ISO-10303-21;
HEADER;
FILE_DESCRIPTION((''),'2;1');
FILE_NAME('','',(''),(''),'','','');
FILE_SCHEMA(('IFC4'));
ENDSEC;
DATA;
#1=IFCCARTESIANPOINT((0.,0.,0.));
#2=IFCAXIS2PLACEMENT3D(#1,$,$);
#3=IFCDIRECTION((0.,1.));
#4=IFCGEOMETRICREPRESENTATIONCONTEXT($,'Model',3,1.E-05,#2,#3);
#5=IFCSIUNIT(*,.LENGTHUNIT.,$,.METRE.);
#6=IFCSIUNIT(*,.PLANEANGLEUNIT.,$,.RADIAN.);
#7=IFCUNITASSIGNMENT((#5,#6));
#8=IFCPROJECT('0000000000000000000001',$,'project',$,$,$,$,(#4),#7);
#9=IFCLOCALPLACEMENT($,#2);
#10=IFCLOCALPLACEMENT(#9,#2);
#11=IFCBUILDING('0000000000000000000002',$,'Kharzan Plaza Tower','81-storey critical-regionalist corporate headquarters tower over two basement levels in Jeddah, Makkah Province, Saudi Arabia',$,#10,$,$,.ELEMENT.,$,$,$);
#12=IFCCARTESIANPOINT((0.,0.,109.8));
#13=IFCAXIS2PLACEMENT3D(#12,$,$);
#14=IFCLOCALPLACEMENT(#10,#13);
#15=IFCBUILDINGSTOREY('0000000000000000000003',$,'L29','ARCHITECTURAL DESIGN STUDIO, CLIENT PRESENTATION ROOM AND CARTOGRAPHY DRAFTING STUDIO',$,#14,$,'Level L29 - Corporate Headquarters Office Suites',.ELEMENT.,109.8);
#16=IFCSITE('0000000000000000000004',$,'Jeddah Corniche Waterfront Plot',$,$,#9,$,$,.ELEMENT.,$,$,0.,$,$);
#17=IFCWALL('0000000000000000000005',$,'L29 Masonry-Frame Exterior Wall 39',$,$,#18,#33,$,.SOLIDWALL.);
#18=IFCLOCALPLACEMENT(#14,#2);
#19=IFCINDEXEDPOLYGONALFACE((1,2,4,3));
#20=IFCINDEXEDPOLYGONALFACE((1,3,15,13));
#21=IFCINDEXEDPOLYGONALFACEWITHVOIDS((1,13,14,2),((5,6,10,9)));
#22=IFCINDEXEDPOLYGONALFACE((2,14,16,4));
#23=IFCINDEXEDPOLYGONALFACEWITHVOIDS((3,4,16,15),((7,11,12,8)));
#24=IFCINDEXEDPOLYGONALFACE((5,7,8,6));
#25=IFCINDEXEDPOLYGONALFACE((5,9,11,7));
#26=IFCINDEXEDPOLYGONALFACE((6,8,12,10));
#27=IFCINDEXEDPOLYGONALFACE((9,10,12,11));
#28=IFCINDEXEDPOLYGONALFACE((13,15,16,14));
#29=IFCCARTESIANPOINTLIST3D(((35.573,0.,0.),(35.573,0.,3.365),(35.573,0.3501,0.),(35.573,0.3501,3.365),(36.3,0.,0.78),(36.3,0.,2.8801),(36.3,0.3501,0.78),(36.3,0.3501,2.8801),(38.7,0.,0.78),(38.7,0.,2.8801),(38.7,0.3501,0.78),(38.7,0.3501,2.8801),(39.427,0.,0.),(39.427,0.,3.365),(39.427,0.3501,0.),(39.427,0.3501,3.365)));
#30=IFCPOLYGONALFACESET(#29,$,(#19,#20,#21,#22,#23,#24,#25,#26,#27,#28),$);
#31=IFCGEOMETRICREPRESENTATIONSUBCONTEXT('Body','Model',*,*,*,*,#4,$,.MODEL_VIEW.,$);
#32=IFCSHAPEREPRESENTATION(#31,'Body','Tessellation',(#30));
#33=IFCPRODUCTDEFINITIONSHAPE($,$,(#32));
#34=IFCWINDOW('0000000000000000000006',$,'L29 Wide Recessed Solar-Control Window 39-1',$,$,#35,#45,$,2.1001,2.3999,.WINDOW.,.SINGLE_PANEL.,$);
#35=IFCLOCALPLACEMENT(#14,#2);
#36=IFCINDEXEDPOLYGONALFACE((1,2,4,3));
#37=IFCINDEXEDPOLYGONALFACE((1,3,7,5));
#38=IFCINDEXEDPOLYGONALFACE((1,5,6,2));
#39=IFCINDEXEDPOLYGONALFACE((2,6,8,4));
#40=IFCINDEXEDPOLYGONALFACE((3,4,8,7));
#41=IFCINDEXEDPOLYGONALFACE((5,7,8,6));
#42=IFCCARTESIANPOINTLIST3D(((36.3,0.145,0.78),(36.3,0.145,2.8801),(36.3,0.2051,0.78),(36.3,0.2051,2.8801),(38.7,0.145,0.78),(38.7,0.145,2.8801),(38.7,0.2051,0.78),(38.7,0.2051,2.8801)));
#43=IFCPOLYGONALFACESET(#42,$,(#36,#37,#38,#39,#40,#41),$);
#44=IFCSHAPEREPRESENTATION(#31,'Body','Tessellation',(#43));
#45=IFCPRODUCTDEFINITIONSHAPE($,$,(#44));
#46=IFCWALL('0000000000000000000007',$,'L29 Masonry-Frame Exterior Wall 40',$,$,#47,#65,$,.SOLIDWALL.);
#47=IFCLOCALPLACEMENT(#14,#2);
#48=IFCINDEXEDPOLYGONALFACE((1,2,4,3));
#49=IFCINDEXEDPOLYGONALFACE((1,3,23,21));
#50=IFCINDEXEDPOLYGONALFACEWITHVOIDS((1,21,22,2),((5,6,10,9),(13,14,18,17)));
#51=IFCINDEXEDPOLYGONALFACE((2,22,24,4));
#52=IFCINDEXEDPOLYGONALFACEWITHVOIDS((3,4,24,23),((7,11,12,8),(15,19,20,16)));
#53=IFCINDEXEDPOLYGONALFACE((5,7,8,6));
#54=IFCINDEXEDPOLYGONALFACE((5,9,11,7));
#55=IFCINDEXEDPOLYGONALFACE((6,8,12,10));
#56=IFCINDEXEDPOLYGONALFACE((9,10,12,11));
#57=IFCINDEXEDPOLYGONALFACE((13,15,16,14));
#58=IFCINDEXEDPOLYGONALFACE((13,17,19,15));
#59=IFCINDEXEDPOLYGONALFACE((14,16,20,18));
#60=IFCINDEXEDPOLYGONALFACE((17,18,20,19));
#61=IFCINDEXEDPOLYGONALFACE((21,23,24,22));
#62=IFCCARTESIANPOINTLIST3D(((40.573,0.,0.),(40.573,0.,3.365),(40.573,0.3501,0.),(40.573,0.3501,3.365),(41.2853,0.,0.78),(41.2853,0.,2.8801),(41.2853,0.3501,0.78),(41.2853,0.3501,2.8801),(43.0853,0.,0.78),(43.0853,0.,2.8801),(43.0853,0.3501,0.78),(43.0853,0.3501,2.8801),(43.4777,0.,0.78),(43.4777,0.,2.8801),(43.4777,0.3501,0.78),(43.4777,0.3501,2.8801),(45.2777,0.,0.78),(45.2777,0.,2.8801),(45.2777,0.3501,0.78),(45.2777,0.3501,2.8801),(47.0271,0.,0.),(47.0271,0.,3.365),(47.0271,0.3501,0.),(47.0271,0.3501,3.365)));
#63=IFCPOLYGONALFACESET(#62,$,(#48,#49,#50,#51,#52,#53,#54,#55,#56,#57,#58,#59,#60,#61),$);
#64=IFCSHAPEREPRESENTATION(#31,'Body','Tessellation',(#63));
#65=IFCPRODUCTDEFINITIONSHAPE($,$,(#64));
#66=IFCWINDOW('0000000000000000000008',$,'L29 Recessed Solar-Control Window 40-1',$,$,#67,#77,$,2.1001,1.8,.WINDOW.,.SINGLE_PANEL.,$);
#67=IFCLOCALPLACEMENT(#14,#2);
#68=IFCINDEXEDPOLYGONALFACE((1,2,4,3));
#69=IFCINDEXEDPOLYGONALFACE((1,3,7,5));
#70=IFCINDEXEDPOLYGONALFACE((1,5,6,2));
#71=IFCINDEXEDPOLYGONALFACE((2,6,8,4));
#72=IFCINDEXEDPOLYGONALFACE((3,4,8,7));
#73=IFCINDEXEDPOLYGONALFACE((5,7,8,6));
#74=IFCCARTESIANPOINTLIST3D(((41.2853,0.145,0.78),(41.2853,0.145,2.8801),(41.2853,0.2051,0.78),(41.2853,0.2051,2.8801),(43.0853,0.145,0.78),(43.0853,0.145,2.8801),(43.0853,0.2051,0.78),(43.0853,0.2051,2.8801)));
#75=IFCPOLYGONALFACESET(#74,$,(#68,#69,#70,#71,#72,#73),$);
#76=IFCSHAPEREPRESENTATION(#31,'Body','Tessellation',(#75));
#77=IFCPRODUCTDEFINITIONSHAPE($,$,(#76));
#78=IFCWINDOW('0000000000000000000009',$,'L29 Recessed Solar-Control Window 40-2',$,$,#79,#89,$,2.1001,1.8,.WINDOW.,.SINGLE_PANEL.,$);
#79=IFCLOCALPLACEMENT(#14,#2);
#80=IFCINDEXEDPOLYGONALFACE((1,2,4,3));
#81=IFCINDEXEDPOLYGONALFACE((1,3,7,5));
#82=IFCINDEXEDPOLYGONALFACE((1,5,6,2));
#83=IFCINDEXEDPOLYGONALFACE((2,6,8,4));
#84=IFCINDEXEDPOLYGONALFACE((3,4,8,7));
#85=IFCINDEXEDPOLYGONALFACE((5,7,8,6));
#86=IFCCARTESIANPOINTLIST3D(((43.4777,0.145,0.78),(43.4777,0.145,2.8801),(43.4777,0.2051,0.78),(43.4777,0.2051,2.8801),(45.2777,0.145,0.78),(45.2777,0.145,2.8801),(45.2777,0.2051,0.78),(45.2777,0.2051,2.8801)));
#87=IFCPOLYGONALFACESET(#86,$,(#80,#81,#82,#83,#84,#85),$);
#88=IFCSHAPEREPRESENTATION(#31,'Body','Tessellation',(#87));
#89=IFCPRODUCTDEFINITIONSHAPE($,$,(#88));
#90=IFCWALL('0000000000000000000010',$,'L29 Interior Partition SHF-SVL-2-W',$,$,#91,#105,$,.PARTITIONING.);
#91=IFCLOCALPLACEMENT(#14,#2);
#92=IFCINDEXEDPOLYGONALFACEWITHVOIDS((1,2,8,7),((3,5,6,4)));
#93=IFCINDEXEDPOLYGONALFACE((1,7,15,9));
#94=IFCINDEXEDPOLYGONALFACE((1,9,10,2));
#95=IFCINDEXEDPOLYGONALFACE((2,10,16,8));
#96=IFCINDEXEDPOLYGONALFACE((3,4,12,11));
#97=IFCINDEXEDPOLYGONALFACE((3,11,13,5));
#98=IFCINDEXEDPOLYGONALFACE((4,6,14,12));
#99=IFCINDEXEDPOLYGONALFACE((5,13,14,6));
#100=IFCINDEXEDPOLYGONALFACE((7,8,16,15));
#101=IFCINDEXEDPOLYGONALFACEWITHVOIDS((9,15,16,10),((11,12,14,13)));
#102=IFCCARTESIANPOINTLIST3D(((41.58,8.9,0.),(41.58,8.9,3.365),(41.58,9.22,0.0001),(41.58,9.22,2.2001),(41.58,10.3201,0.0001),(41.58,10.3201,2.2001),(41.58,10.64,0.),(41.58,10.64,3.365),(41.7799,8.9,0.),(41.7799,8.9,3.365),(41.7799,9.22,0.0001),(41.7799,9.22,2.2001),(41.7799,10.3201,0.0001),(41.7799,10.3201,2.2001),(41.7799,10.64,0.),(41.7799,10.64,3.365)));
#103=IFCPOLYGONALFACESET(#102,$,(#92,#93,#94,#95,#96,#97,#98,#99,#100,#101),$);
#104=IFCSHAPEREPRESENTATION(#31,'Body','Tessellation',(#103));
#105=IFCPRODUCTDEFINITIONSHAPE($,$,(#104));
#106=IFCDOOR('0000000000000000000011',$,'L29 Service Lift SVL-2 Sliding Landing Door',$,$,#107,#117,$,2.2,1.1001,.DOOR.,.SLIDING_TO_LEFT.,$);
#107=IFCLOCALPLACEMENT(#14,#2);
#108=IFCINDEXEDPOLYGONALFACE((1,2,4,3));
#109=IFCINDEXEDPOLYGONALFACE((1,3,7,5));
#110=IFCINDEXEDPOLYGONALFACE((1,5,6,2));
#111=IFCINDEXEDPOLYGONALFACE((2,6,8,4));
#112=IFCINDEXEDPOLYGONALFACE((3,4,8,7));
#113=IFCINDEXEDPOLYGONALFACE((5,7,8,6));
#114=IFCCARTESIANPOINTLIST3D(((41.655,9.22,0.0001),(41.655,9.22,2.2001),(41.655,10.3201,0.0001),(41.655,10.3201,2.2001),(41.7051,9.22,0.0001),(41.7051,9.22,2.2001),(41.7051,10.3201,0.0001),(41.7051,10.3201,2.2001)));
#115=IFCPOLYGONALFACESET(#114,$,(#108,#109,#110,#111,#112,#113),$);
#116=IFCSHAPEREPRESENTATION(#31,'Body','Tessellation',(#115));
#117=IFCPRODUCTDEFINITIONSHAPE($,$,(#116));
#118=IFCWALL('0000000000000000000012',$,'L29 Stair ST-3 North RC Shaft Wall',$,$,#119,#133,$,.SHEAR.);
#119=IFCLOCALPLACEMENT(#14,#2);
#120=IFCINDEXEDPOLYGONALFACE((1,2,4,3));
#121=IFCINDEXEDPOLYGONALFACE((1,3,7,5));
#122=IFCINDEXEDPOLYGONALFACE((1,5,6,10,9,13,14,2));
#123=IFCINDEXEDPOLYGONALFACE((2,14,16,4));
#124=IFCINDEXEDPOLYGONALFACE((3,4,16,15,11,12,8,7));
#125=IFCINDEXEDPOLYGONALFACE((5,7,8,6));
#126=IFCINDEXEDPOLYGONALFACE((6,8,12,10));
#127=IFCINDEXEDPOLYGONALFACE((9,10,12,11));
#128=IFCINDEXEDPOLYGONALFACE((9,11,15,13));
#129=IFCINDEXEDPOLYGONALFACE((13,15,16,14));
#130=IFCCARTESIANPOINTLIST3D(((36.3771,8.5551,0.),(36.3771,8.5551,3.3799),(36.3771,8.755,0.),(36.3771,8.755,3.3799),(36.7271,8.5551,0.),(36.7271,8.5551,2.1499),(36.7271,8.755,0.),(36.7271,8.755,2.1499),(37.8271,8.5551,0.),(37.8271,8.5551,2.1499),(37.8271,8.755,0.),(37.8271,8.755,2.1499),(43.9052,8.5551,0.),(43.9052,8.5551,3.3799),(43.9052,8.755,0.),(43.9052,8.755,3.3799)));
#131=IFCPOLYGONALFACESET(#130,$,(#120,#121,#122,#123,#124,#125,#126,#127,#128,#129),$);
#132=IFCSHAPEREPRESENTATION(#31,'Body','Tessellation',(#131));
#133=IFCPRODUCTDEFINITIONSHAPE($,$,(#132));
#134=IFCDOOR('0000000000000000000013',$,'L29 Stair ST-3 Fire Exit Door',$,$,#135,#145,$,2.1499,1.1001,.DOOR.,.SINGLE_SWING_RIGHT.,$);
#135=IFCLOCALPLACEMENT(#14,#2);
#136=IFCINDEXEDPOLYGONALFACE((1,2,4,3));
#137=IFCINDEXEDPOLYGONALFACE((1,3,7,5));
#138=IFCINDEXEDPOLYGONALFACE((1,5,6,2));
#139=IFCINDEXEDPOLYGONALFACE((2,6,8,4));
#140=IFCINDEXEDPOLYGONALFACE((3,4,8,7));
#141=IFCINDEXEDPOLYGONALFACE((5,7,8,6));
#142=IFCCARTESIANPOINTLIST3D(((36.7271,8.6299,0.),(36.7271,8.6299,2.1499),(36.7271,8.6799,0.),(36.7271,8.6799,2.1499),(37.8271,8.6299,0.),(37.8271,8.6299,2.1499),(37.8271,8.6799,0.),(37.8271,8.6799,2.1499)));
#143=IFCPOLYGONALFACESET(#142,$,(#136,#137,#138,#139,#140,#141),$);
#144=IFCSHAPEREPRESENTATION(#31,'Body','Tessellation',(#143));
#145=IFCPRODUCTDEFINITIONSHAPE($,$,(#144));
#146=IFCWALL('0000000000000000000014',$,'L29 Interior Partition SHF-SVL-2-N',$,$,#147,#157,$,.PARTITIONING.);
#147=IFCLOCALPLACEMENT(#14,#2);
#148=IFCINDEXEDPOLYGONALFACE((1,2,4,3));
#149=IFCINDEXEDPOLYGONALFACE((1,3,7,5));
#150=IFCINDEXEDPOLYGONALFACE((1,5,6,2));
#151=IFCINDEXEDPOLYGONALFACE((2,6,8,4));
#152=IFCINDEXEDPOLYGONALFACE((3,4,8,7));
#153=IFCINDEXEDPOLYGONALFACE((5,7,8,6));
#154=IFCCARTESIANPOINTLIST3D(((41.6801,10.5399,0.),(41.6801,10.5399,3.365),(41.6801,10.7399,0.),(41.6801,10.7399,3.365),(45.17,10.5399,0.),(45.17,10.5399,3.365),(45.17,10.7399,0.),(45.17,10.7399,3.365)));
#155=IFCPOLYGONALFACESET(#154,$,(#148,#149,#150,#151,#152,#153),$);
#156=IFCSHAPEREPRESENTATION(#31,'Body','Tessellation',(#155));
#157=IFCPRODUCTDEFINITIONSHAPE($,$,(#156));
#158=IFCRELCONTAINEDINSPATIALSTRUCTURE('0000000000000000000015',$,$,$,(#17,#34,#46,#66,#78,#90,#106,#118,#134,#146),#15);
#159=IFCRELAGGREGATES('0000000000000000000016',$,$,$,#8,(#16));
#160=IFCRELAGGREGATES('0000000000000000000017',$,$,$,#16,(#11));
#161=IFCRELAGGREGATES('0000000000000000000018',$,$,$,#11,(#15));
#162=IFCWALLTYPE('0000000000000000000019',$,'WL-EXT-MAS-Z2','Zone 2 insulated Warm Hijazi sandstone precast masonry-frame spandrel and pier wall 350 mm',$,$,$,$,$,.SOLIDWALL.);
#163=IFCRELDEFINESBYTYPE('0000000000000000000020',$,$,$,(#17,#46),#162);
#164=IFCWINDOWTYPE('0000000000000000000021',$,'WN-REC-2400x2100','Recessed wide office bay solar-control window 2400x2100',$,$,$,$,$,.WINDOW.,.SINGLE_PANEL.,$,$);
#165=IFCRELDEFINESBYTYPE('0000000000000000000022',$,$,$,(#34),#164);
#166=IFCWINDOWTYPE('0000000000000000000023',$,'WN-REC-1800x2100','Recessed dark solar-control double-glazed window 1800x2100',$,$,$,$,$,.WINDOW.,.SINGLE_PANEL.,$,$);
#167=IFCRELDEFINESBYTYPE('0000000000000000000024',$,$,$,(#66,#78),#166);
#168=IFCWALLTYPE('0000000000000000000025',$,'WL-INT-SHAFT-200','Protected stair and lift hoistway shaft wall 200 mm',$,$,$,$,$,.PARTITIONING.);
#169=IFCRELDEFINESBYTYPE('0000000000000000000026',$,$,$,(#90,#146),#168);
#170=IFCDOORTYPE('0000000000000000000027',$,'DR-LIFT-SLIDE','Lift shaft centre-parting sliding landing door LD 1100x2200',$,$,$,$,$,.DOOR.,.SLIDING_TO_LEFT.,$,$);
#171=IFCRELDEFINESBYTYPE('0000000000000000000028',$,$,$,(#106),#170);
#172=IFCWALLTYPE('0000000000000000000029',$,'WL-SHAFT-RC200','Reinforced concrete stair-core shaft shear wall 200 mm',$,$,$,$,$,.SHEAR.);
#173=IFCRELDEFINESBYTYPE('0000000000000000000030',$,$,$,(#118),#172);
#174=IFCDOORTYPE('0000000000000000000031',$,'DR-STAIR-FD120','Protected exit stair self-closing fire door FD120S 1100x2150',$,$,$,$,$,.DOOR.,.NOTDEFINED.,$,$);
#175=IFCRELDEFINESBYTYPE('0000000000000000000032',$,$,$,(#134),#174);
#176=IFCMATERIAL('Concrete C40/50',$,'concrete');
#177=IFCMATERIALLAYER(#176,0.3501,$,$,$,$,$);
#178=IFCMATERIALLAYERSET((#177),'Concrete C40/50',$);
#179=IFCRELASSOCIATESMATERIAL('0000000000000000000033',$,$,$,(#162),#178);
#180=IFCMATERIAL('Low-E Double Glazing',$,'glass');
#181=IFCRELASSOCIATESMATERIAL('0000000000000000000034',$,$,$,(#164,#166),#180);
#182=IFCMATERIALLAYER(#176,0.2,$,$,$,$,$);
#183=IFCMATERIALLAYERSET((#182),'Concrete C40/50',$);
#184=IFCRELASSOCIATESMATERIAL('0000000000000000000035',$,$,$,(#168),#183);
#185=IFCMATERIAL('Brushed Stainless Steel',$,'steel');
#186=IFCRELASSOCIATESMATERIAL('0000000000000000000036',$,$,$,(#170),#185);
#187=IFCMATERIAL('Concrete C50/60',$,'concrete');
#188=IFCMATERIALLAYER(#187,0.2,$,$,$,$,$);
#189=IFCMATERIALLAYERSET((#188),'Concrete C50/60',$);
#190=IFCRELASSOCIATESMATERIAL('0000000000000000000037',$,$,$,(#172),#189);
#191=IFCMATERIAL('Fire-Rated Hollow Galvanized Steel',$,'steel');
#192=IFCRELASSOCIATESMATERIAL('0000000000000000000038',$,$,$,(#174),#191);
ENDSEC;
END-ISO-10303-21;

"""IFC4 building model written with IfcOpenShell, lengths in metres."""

from ifc_helpers import new_model, si_unit, direction, frame, frame_2d, origin, place, context, subcontext, project, spatial, rectangle, extrude, source, transform, mapped, material, layer, layer_set, type_object, element, fill, save


model = new_model("IFC4")

# Units and contexts
model_context = context("Model", 3, precision=1e-05, world=origin(), true_north=direction((0.0, 1.0)))
body_context = subcontext(model_context, "Body", "Model", "MODEL_VIEW")
ifc_project = project(units=[si_unit("LENGTHUNIT", "METRE"), si_unit("PLANEANGLEUNIT", "RADIAN")], contexts=[model_context])

# Site, building, storey
site_placement = place(None, origin())
site = spatial("IfcSite", under=ifc_project, at=site_placement, Name="Jeddah Corniche Waterfront Plot", CompositionType="ELEMENT", RefElevation=0.0)
building_placement = place(site_placement, origin())
building = spatial("IfcBuilding", under=site, at=building_placement, Name="Kharzan Plaza Tower", Description="81-storey critical-regionalist corporate headquarters tower over two basement levels in Jeddah, Makkah Province, Saudi Arabia", CompositionType="ELEMENT")
storey_placement = place(building_placement, frame((0.0, 0.0, 109.8)))
storey = spatial("IfcBuildingStorey", under=building, at=storey_placement, Name="L29", Description="ARCHITECTURAL DESIGN STUDIO, CLIENT PRESENTATION ROOM AND CARTOGRAPHY DRAFTING STUDIO", LongName="Level L29 - Corporate Headquarters Office Suites", CompositionType="ELEMENT", Elevation=109.8)

# Wall, opening, window
ifc_material_1 = material(Name="Concrete C40/50", Category="concrete")
ifc_layer_1 = layer(ifc_material_1, 0.3501)
ifc_layer_set_1 = layer_set([ifc_layer_1], Name="Concrete C40/50")
wall_type_1 = type_object("IfcWallType", Name="WL-EXT-MAS-Z2", Description="Zone 2 insulated Warm Hijazi sandstone precast masonry-frame spandrel and pier wall 350 mm", PredefinedType="SOLIDWALL", material=ifc_layer_set_1)
wall_1_placement = place(storey_placement, frame((35.573, 0.175, 0.0), z_axis=(0.0, 0.0, 1.0), x_axis=(1.0, 0.0, 0.0)))
wall_1 = element("IfcWall", 1, at=wall_1_placement, inside=storey, type_object=wall_type_1, Name="L29 Masonry-Frame Exterior Wall 39", PredefinedType="SOLIDWALL", context=body_context, shape_type="SweptSolid", body=[
    extrude(rectangle(XDim=3.854, YDim=0.3501, at=frame_2d((1.927, 0.0))), origin(), (0.0, 0.0, 1.0), 3.365),
])
opening_1_placement = place(wall_1_placement, frame((0.7271, 0.0, 0.78)))
opening_1 = element("IfcOpeningElement", 2, at=opening_1_placement, cuts=wall_1, PredefinedType="OPENING", context=body_context, shape_type="SweptSolid", body=[
    extrude(rectangle(XDim=2.3999, YDim=2.1001, at=frame_2d((1.2, 1.05))), frame((0.0, 0.1851, 0.0), z_axis=(0.0, -1.0, 0.0), x_axis=(1.0, 0.0, 0.0)), (0.0, 0.0, 1.0), 0.3701),
])
ifc_material_2 = material(Name="Low-E Double Glazing", Category="glass")
window_type_1 = type_object("IfcWindowType", Name="WN-REC-2400x2100", Description="Recessed wide office bay solar-control window 2400x2100", PartitioningType="SINGLE_PANEL", PredefinedType="WINDOW", material=ifc_material_2)
shared_shape_1 = source(origin(), body_context, "Body", "SweptSolid", [
    extrude(rectangle(XDim=2.3999, YDim=2.1001, at=frame_2d((1.2, 1.05))), frame((0.0, 0.03, 0.0), z_axis=(0.0, -1.0, 0.0), x_axis=(1.0, 0.0, 0.0)), (0.0, 0.0, 1.0), 0.0601),
])
window_1_placement = place(opening_1_placement, origin())
window_1 = element("IfcWindow", 3, at=window_1_placement, inside=storey, type_object=window_type_1, Name="L29 Wide Recessed Solar-Control Window 39-1", OverallHeight=2.1001, OverallWidth=2.3999, PartitioningType="SINGLE_PANEL", PredefinedType="WINDOW", context=body_context, shape_type="MappedRepresentation", body=[
    mapped(shared_shape_1, transform((0.0, 0.0, 0.0), x_axis=(1.0, 0.0, 0.0), y_axis=(0.0, 1.0, 0.0), z_axis=(0.0, 0.0, 1.0))),
])
fill(opening_1, window_1)

# Wall, openings, windows
wall_2_placement = place(storey_placement, frame((40.573, 0.175, 0.0), z_axis=(0.0, 0.0, 1.0), x_axis=(1.0, 0.0, 0.0)))
wall_2 = element("IfcWall", 4, at=wall_2_placement, inside=storey, type_object=wall_type_1, Name="L29 Masonry-Frame Exterior Wall 40", PredefinedType="SOLIDWALL", context=body_context, shape_type="SweptSolid", body=[
    extrude(rectangle(XDim=6.4541, YDim=0.3501, at=frame_2d((3.2271, 0.0))), origin(), (0.0, 0.0, 1.0), 3.365),
])
opening_2_placement = place(wall_2_placement, frame((0.7124, 0.0, 0.78)))
opening_2 = element("IfcOpeningElement", 5, at=opening_2_placement, cuts=wall_2, PredefinedType="OPENING", context=body_context, shape_type="SweptSolid", body=[
    extrude(rectangle(XDim=1.8, YDim=2.1001, at=frame_2d((0.8999, 1.05))), frame((0.0, 0.1851, 0.0), z_axis=(0.0, -1.0, 0.0), x_axis=(1.0, 0.0, 0.0)), (0.0, 0.0, 1.0), 0.3701),
])
opening_3_placement = place(wall_2_placement, frame((2.9048, 0.0, 0.78)))
opening_3 = element("IfcOpeningElement", 6, at=opening_3_placement, cuts=wall_2, PredefinedType="OPENING", context=body_context, shape_type="SweptSolid", body=[
    extrude(rectangle(XDim=1.8, YDim=2.1001, at=frame_2d((0.8999, 1.05))), frame((0.0, 0.1851, 0.0), z_axis=(0.0, -1.0, 0.0), x_axis=(1.0, 0.0, 0.0)), (0.0, 0.0, 1.0), 0.3701),
])
window_type_2 = type_object("IfcWindowType", Name="WN-REC-1800x2100", Description="Recessed dark solar-control double-glazed window 1800x2100", PartitioningType="SINGLE_PANEL", PredefinedType="WINDOW", material=ifc_material_2)
shared_shape_2 = source(origin(), body_context, "Body", "SweptSolid", [
    extrude(rectangle(XDim=1.8, YDim=2.1001, at=frame_2d((0.8999, 1.05))), frame((0.0, 0.03, 0.0), z_axis=(0.0, -1.0, 0.0), x_axis=(1.0, 0.0, 0.0)), (0.0, 0.0, 1.0), 0.0601),
])
window_2_placement = place(opening_2_placement, origin())
window_2 = element("IfcWindow", 7, at=window_2_placement, inside=storey, type_object=window_type_2, Name="L29 Recessed Solar-Control Window 40-1", OverallHeight=2.1001, OverallWidth=1.8, PartitioningType="SINGLE_PANEL", PredefinedType="WINDOW", context=body_context, shape_type="MappedRepresentation", body=[
    mapped(shared_shape_2, transform((0.0, 0.0, 0.0), x_axis=(1.0, 0.0, 0.0), y_axis=(0.0, 1.0, 0.0), z_axis=(0.0, 0.0, 1.0))),
])
fill(opening_2, window_2)
window_3_placement = place(opening_3_placement, origin())
window_3 = element("IfcWindow", 8, at=window_3_placement, inside=storey, type_object=window_type_2, Name="L29 Recessed Solar-Control Window 40-2", OverallHeight=2.1001, OverallWidth=1.8, PartitioningType="SINGLE_PANEL", PredefinedType="WINDOW", context=body_context, shape_type="MappedRepresentation", body=[
    mapped(shared_shape_2, transform((0.0, 0.0, 0.0), x_axis=(1.0, 0.0, 0.0), y_axis=(0.0, 1.0, 0.0), z_axis=(0.0, 0.0, 1.0))),
])
fill(opening_3, window_3)

# Walls, openings, doors
ifc_layer_2 = layer(ifc_material_1, 0.2)
ifc_layer_set_2 = layer_set([ifc_layer_2], Name="Concrete C40/50")
wall_type_2 = type_object("IfcWallType", Name="WL-INT-SHAFT-200", Description="Protected stair and lift hoistway shaft wall 200 mm", PredefinedType="PARTITIONING", material=ifc_layer_set_2)
wall_3_placement = place(storey_placement, frame((41.6799, 8.8999, 0.0), z_axis=(0.0, 0.0, 1.0), x_axis=(0.0, 1.0, 0.0)))
wall_3 = element("IfcWall", 9, at=wall_3_placement, inside=storey, type_object=wall_type_2, Name="L29 Interior Partition SHF-SVL-2-W", PredefinedType="PARTITIONING", context=body_context, shape_type="SweptSolid", body=[
    extrude(rectangle(XDim=1.74, YDim=0.2, at=frame_2d((0.8701, 0.0))), origin(), (0.0, 0.0, 1.0), 3.365),
])
opening_4_placement = place(wall_3_placement, frame((0.3201, 0.0, 0.0)))
opening_4 = element("IfcOpeningElement", 10, at=opening_4_placement, cuts=wall_3, PredefinedType="OPENING", context=body_context, shape_type="SweptSolid", body=[
    extrude(rectangle(XDim=1.1001, YDim=2.2, at=frame_2d((0.55, 1.1001))), frame((0.0, 0.1099, 0.0), z_axis=(0.0, -1.0, 0.0), x_axis=(1.0, 0.0, 0.0)), (0.0, 0.0, 1.0), 0.22),
])
ifc_material_3 = material(Name="Brushed Stainless Steel", Category="steel")
door_type_1 = type_object("IfcDoorType", Name="DR-LIFT-SLIDE", Description="Lift shaft centre-parting sliding landing door LD 1100x2200", OperationType="SLIDING_TO_LEFT", PredefinedType="DOOR", material=ifc_material_3)
shared_shape_3 = source(origin(), body_context, "Body", "SweptSolid", [
    extrude(rectangle(XDim=1.1001, YDim=2.2, at=frame_2d((0.55, 1.1001))), frame((0.0, 0.0249, 0.0), z_axis=(0.0, -1.0, 0.0), x_axis=(1.0, 0.0, 0.0)), (0.0, 0.0, 1.0), 0.05),
])
door_1_placement = place(opening_4_placement, origin())
door_1 = element("IfcDoor", 11, at=door_1_placement, inside=storey, type_object=door_type_1, Name="L29 Service Lift SVL-2 Sliding Landing Door", OperationType="SLIDING_TO_LEFT", OverallHeight=2.2, OverallWidth=1.1001, PredefinedType="DOOR", context=body_context, shape_type="MappedRepresentation", body=[
    mapped(shared_shape_3, transform((0.0, 0.0, 0.0), x_axis=(1.0, 0.0, 0.0), y_axis=(0.0, 1.0, 0.0), z_axis=(0.0, 0.0, 1.0))),
])
fill(opening_4, door_1)
ifc_material_4 = material(Name="Concrete C50/60", Category="concrete")
ifc_layer_3 = layer(ifc_material_4, 0.2)
ifc_layer_set_3 = layer_set([ifc_layer_3], Name="Concrete C50/60")
wall_type_3 = type_object("IfcWallType", Name="WL-SHAFT-RC200", Description="Reinforced concrete stair-core shaft shear wall 200 mm", PredefinedType="SHEAR", material=ifc_layer_set_3)
wall_4_placement = place(storey_placement, frame((36.377, 8.655, 0.0), z_axis=(0.0, 0.0, 1.0), x_axis=(1.0, 0.0, 0.0)))
wall_4 = element("IfcWall", 12, at=wall_4_placement, inside=storey, type_object=wall_type_3, Name="L29 Stair ST-3 North RC Shaft Wall", PredefinedType="SHEAR", context=body_context, shape_type="SweptSolid", body=[
    extrude(rectangle(XDim=7.5281, YDim=0.2, at=frame_2d((3.7642, 0.0))), origin(), (0.0, 0.0, 1.0), 3.3799),
])
opening_5_placement = place(wall_4_placement, frame((0.3501, 0.0, 0.0)))
opening_5 = element("IfcOpeningElement", 13, at=opening_5_placement, cuts=wall_4, PredefinedType="OPENING", context=body_context, shape_type="SweptSolid", body=[
    extrude(rectangle(XDim=1.1001, YDim=2.1499, at=frame_2d((0.55, 1.075))), frame((0.0, 0.1099, 0.0), z_axis=(0.0, -1.0, 0.0), x_axis=(1.0, 0.0, 0.0)), (0.0, 0.0, 1.0), 0.22),
])
ifc_material_5 = material(Name="Fire-Rated Hollow Galvanized Steel", Category="steel")
door_type_2 = type_object("IfcDoorType", Name="DR-STAIR-FD120", Description="Protected exit stair self-closing fire door FD120S 1100x2150", OperationType="NOTDEFINED", PredefinedType="DOOR", material=ifc_material_5)
shared_shape_4 = source(origin(), body_context, "Body", "SweptSolid", [
    extrude(rectangle(XDim=1.1001, YDim=2.1499, at=frame_2d((0.55, 1.075))), frame((0.0, 0.0249, 0.0), z_axis=(0.0, -1.0, 0.0), x_axis=(1.0, 0.0, 0.0)), (0.0, 0.0, 1.0), 0.05),
])
door_2_placement = place(opening_5_placement, origin())
door_2 = element("IfcDoor", 14, at=door_2_placement, inside=storey, type_object=door_type_2, Name="L29 Stair ST-3 Fire Exit Door", OperationType="SINGLE_SWING_RIGHT", OverallHeight=2.1499, OverallWidth=1.1001, PredefinedType="DOOR", context=body_context, shape_type="MappedRepresentation", body=[
    mapped(shared_shape_4, transform((0.0, 0.0, 0.0), x_axis=(1.0, 0.0, 0.0), y_axis=(0.0, 1.0, 0.0), z_axis=(0.0, 0.0, 1.0))),
])
fill(opening_5, door_2)

# Wall
shared_shape_5 = source(origin(), body_context, "Body", "SweptSolid", [
    extrude(rectangle(XDim=3.49, YDim=0.2, at=frame_2d((1.7451, 0.0))), origin(), (0.0, 0.0, 1.0), 3.365),
])
wall_5_placement = place(storey_placement, frame((41.6799, 10.6399, 0.0), z_axis=(0.0, 0.0, 1.0), x_axis=(1.0, 0.0, 0.0)))
element("IfcWall", 15, at=wall_5_placement, inside=storey, type_object=wall_type_2, Name="L29 Interior Partition SHF-SVL-2-N", PredefinedType="PARTITIONING", context=body_context, shape_type="MappedRepresentation", body=[
    mapped(shared_shape_5, transform((0.0, 0.0, 0.0), x_axis=(1.0, 0.0, 0.0), y_axis=(0.0, 1.0, 0.0), z_axis=(0.0, 0.0, 1.0))),
])

save(model, "model.ifc")
